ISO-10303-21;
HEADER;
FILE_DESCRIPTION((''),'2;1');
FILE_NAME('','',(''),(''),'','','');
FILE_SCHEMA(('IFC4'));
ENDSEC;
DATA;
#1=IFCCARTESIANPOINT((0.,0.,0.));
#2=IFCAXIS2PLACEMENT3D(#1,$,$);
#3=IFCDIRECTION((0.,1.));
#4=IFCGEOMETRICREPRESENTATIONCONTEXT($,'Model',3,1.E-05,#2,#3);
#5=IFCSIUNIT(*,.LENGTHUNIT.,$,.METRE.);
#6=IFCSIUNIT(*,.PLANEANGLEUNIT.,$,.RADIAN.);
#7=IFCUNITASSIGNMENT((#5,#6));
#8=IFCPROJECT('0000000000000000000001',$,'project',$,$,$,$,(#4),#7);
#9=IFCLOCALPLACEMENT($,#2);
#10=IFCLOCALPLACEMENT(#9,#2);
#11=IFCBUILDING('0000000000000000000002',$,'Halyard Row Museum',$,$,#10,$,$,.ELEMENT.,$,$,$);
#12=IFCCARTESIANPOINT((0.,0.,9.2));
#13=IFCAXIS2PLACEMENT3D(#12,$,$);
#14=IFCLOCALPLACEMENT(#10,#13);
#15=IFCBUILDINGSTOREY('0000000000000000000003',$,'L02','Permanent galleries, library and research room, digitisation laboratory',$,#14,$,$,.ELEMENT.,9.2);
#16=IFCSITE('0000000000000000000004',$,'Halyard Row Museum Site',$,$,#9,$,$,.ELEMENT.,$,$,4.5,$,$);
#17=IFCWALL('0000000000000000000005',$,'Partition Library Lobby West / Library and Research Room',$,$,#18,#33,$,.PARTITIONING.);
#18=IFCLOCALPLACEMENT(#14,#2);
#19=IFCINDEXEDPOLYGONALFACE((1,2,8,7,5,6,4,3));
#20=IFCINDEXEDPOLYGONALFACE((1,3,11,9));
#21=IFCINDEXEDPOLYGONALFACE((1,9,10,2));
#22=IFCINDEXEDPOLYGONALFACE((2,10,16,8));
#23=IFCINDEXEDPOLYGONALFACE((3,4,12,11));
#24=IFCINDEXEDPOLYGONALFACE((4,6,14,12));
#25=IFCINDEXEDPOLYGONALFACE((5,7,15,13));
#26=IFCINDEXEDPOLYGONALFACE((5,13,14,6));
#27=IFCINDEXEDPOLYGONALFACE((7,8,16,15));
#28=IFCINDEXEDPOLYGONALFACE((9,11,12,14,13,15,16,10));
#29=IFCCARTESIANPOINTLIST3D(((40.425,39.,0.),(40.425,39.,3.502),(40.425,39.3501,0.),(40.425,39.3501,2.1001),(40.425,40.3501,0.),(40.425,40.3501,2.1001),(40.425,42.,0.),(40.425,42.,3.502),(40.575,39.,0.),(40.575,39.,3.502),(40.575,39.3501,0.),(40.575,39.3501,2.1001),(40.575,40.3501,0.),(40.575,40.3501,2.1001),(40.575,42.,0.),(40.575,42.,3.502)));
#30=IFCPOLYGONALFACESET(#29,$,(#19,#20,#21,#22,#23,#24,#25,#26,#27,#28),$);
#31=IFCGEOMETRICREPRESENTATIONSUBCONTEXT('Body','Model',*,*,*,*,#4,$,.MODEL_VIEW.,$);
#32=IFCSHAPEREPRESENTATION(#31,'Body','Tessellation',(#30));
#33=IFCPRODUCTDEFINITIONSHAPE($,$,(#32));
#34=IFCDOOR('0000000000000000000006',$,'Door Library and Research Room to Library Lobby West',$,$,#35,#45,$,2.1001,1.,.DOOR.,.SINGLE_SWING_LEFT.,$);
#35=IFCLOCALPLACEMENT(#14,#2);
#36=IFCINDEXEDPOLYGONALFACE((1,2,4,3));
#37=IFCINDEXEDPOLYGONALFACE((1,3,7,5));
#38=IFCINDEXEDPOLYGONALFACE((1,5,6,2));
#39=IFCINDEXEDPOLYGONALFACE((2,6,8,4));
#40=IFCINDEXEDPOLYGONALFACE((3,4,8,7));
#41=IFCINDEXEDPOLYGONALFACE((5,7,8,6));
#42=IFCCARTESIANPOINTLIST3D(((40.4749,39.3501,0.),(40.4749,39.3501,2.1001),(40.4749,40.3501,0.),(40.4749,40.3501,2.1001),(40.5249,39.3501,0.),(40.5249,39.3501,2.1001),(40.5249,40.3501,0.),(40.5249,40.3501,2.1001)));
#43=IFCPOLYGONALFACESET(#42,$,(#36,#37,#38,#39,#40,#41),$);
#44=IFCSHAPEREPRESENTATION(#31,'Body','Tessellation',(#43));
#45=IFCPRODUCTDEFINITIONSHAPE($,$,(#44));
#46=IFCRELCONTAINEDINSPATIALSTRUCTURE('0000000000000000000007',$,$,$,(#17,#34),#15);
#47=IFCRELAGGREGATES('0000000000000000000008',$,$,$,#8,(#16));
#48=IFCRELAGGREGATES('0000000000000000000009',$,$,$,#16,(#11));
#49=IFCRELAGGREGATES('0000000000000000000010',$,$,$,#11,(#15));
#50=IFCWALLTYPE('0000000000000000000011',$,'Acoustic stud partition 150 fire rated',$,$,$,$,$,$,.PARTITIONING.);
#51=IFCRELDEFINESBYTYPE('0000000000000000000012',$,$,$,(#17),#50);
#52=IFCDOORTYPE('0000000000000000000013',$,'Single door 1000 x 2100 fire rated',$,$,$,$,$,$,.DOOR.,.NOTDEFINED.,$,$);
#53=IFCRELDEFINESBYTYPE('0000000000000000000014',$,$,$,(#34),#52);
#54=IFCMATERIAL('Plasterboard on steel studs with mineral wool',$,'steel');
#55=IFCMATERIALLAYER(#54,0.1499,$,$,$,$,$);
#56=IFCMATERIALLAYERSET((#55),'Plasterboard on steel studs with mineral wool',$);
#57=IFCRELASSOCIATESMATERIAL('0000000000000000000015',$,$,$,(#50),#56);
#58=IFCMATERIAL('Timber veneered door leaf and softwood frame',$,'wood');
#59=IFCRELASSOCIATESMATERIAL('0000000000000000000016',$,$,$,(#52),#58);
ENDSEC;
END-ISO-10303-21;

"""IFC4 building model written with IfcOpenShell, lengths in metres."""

from ifc_helpers import new_model, si_unit, direction, frame, frame_2d, origin, place, context, subcontext, project, spatial, rectangle, extrude, material, layer, layer_set, type_object, element, fill, save


model = new_model("IFC4")

# Units and contexts
model_context = context("Model", 3, precision=1e-05, world=origin(), true_north=direction((0.0, 1.0)))
body_context = subcontext(model_context, "Body", "Model", "MODEL_VIEW")
ifc_project = project(units=[si_unit("LENGTHUNIT", "METRE"), si_unit("PLANEANGLEUNIT", "RADIAN")], contexts=[model_context])

# Site, building, storey
site_placement = place(None, origin())
site = spatial("IfcSite", under=ifc_project, at=site_placement, Name="Halyard Row Museum Site", CompositionType="ELEMENT", RefElevation=4.5)
building_placement = place(site_placement, origin())
building = spatial("IfcBuilding", under=site, at=building_placement, Name="Halyard Row Museum", CompositionType="ELEMENT")
storey_placement = place(building_placement, frame((0.0, 0.0, 9.2)))
storey = spatial("IfcBuildingStorey", under=building, at=storey_placement, Name="L02", Description="Permanent galleries, library and research room, digitisation laboratory", CompositionType="ELEMENT", Elevation=9.2)

# Wall, opening, door
ifc_material_1 = material(Name="Plasterboard on steel studs with mineral wool", Category="steel")
ifc_layer_1 = layer(ifc_material_1, 0.1499)
ifc_layer_set_1 = layer_set([ifc_layer_1], Name="Plasterboard on steel studs with mineral wool")
wall_type = type_object("IfcWallType", Name="Acoustic stud partition 150 fire rated", PredefinedType="PARTITIONING", material=ifc_layer_set_1)
wall_placement = place(storey_placement, frame((40.5, 39.0, 0.0), z_axis=(0.0, 0.0, 1.0), x_axis=(0.0, 1.0, 0.0)))
wall = element("IfcWall", 1, at=wall_placement, inside=storey, type_object=wall_type, Name="Partition Library Lobby West / Library and Research Room", PredefinedType="PARTITIONING", context=body_context, shape_type="SweptSolid", body=[
    extrude(rectangle(XDim=3.0, YDim=0.1499, at=frame_2d((1.5, 0.0))), origin(), (0.0, 0.0, 1.0), 3.502),
])
opening_placement = place(wall_placement, frame((0.3501, 0.0, 0.0)))
opening = element("IfcOpeningElement", 2, at=opening_placement, cuts=wall, PredefinedType="OPENING", context=body_context, shape_type="SweptSolid", body=[
    extrude(rectangle(XDim=1.0, YDim=2.1001, at=frame_2d((0.5, 1.05))), frame((0.0, 0.085, 0.0), z_axis=(0.0, -1.0, 0.0), x_axis=(1.0, 0.0, 0.0)), (0.0, 0.0, 1.0), 0.1699),
])
ifc_material_2 = material(Name="Timber veneered door leaf and softwood frame", Category="wood")
door_type = type_object("IfcDoorType", Name="Single door 1000 x 2100 fire rated", OperationType="NOTDEFINED", PredefinedType="DOOR", material=ifc_material_2)
door_placement = place(opening_placement, frame((1.0, 0.0, 0.0), z_axis=(0.0, 0.0, 1.0), x_axis=(-1.0, 0.0, 0.0)))
door = element("IfcDoor", 3, at=door_placement, inside=storey, type_object=door_type, Name="Door Library and Research Room to Library Lobby West", OperationType="SINGLE_SWING_LEFT", OverallHeight=2.1001, OverallWidth=1.0, PredefinedType="DOOR", context=body_context, shape_type="SweptSolid", body=[
    extrude(rectangle(XDim=1.0, YDim=2.1001, at=frame_2d((0.5, 1.05))), frame((0.0, 0.0249, 0.0), z_axis=(0.0, -1.0, 0.0), x_axis=(1.0, 0.0, 0.0)), (0.0, 0.0, 1.0), 0.05),
])
fill(opening, door)

save(model, "model.ifc")
